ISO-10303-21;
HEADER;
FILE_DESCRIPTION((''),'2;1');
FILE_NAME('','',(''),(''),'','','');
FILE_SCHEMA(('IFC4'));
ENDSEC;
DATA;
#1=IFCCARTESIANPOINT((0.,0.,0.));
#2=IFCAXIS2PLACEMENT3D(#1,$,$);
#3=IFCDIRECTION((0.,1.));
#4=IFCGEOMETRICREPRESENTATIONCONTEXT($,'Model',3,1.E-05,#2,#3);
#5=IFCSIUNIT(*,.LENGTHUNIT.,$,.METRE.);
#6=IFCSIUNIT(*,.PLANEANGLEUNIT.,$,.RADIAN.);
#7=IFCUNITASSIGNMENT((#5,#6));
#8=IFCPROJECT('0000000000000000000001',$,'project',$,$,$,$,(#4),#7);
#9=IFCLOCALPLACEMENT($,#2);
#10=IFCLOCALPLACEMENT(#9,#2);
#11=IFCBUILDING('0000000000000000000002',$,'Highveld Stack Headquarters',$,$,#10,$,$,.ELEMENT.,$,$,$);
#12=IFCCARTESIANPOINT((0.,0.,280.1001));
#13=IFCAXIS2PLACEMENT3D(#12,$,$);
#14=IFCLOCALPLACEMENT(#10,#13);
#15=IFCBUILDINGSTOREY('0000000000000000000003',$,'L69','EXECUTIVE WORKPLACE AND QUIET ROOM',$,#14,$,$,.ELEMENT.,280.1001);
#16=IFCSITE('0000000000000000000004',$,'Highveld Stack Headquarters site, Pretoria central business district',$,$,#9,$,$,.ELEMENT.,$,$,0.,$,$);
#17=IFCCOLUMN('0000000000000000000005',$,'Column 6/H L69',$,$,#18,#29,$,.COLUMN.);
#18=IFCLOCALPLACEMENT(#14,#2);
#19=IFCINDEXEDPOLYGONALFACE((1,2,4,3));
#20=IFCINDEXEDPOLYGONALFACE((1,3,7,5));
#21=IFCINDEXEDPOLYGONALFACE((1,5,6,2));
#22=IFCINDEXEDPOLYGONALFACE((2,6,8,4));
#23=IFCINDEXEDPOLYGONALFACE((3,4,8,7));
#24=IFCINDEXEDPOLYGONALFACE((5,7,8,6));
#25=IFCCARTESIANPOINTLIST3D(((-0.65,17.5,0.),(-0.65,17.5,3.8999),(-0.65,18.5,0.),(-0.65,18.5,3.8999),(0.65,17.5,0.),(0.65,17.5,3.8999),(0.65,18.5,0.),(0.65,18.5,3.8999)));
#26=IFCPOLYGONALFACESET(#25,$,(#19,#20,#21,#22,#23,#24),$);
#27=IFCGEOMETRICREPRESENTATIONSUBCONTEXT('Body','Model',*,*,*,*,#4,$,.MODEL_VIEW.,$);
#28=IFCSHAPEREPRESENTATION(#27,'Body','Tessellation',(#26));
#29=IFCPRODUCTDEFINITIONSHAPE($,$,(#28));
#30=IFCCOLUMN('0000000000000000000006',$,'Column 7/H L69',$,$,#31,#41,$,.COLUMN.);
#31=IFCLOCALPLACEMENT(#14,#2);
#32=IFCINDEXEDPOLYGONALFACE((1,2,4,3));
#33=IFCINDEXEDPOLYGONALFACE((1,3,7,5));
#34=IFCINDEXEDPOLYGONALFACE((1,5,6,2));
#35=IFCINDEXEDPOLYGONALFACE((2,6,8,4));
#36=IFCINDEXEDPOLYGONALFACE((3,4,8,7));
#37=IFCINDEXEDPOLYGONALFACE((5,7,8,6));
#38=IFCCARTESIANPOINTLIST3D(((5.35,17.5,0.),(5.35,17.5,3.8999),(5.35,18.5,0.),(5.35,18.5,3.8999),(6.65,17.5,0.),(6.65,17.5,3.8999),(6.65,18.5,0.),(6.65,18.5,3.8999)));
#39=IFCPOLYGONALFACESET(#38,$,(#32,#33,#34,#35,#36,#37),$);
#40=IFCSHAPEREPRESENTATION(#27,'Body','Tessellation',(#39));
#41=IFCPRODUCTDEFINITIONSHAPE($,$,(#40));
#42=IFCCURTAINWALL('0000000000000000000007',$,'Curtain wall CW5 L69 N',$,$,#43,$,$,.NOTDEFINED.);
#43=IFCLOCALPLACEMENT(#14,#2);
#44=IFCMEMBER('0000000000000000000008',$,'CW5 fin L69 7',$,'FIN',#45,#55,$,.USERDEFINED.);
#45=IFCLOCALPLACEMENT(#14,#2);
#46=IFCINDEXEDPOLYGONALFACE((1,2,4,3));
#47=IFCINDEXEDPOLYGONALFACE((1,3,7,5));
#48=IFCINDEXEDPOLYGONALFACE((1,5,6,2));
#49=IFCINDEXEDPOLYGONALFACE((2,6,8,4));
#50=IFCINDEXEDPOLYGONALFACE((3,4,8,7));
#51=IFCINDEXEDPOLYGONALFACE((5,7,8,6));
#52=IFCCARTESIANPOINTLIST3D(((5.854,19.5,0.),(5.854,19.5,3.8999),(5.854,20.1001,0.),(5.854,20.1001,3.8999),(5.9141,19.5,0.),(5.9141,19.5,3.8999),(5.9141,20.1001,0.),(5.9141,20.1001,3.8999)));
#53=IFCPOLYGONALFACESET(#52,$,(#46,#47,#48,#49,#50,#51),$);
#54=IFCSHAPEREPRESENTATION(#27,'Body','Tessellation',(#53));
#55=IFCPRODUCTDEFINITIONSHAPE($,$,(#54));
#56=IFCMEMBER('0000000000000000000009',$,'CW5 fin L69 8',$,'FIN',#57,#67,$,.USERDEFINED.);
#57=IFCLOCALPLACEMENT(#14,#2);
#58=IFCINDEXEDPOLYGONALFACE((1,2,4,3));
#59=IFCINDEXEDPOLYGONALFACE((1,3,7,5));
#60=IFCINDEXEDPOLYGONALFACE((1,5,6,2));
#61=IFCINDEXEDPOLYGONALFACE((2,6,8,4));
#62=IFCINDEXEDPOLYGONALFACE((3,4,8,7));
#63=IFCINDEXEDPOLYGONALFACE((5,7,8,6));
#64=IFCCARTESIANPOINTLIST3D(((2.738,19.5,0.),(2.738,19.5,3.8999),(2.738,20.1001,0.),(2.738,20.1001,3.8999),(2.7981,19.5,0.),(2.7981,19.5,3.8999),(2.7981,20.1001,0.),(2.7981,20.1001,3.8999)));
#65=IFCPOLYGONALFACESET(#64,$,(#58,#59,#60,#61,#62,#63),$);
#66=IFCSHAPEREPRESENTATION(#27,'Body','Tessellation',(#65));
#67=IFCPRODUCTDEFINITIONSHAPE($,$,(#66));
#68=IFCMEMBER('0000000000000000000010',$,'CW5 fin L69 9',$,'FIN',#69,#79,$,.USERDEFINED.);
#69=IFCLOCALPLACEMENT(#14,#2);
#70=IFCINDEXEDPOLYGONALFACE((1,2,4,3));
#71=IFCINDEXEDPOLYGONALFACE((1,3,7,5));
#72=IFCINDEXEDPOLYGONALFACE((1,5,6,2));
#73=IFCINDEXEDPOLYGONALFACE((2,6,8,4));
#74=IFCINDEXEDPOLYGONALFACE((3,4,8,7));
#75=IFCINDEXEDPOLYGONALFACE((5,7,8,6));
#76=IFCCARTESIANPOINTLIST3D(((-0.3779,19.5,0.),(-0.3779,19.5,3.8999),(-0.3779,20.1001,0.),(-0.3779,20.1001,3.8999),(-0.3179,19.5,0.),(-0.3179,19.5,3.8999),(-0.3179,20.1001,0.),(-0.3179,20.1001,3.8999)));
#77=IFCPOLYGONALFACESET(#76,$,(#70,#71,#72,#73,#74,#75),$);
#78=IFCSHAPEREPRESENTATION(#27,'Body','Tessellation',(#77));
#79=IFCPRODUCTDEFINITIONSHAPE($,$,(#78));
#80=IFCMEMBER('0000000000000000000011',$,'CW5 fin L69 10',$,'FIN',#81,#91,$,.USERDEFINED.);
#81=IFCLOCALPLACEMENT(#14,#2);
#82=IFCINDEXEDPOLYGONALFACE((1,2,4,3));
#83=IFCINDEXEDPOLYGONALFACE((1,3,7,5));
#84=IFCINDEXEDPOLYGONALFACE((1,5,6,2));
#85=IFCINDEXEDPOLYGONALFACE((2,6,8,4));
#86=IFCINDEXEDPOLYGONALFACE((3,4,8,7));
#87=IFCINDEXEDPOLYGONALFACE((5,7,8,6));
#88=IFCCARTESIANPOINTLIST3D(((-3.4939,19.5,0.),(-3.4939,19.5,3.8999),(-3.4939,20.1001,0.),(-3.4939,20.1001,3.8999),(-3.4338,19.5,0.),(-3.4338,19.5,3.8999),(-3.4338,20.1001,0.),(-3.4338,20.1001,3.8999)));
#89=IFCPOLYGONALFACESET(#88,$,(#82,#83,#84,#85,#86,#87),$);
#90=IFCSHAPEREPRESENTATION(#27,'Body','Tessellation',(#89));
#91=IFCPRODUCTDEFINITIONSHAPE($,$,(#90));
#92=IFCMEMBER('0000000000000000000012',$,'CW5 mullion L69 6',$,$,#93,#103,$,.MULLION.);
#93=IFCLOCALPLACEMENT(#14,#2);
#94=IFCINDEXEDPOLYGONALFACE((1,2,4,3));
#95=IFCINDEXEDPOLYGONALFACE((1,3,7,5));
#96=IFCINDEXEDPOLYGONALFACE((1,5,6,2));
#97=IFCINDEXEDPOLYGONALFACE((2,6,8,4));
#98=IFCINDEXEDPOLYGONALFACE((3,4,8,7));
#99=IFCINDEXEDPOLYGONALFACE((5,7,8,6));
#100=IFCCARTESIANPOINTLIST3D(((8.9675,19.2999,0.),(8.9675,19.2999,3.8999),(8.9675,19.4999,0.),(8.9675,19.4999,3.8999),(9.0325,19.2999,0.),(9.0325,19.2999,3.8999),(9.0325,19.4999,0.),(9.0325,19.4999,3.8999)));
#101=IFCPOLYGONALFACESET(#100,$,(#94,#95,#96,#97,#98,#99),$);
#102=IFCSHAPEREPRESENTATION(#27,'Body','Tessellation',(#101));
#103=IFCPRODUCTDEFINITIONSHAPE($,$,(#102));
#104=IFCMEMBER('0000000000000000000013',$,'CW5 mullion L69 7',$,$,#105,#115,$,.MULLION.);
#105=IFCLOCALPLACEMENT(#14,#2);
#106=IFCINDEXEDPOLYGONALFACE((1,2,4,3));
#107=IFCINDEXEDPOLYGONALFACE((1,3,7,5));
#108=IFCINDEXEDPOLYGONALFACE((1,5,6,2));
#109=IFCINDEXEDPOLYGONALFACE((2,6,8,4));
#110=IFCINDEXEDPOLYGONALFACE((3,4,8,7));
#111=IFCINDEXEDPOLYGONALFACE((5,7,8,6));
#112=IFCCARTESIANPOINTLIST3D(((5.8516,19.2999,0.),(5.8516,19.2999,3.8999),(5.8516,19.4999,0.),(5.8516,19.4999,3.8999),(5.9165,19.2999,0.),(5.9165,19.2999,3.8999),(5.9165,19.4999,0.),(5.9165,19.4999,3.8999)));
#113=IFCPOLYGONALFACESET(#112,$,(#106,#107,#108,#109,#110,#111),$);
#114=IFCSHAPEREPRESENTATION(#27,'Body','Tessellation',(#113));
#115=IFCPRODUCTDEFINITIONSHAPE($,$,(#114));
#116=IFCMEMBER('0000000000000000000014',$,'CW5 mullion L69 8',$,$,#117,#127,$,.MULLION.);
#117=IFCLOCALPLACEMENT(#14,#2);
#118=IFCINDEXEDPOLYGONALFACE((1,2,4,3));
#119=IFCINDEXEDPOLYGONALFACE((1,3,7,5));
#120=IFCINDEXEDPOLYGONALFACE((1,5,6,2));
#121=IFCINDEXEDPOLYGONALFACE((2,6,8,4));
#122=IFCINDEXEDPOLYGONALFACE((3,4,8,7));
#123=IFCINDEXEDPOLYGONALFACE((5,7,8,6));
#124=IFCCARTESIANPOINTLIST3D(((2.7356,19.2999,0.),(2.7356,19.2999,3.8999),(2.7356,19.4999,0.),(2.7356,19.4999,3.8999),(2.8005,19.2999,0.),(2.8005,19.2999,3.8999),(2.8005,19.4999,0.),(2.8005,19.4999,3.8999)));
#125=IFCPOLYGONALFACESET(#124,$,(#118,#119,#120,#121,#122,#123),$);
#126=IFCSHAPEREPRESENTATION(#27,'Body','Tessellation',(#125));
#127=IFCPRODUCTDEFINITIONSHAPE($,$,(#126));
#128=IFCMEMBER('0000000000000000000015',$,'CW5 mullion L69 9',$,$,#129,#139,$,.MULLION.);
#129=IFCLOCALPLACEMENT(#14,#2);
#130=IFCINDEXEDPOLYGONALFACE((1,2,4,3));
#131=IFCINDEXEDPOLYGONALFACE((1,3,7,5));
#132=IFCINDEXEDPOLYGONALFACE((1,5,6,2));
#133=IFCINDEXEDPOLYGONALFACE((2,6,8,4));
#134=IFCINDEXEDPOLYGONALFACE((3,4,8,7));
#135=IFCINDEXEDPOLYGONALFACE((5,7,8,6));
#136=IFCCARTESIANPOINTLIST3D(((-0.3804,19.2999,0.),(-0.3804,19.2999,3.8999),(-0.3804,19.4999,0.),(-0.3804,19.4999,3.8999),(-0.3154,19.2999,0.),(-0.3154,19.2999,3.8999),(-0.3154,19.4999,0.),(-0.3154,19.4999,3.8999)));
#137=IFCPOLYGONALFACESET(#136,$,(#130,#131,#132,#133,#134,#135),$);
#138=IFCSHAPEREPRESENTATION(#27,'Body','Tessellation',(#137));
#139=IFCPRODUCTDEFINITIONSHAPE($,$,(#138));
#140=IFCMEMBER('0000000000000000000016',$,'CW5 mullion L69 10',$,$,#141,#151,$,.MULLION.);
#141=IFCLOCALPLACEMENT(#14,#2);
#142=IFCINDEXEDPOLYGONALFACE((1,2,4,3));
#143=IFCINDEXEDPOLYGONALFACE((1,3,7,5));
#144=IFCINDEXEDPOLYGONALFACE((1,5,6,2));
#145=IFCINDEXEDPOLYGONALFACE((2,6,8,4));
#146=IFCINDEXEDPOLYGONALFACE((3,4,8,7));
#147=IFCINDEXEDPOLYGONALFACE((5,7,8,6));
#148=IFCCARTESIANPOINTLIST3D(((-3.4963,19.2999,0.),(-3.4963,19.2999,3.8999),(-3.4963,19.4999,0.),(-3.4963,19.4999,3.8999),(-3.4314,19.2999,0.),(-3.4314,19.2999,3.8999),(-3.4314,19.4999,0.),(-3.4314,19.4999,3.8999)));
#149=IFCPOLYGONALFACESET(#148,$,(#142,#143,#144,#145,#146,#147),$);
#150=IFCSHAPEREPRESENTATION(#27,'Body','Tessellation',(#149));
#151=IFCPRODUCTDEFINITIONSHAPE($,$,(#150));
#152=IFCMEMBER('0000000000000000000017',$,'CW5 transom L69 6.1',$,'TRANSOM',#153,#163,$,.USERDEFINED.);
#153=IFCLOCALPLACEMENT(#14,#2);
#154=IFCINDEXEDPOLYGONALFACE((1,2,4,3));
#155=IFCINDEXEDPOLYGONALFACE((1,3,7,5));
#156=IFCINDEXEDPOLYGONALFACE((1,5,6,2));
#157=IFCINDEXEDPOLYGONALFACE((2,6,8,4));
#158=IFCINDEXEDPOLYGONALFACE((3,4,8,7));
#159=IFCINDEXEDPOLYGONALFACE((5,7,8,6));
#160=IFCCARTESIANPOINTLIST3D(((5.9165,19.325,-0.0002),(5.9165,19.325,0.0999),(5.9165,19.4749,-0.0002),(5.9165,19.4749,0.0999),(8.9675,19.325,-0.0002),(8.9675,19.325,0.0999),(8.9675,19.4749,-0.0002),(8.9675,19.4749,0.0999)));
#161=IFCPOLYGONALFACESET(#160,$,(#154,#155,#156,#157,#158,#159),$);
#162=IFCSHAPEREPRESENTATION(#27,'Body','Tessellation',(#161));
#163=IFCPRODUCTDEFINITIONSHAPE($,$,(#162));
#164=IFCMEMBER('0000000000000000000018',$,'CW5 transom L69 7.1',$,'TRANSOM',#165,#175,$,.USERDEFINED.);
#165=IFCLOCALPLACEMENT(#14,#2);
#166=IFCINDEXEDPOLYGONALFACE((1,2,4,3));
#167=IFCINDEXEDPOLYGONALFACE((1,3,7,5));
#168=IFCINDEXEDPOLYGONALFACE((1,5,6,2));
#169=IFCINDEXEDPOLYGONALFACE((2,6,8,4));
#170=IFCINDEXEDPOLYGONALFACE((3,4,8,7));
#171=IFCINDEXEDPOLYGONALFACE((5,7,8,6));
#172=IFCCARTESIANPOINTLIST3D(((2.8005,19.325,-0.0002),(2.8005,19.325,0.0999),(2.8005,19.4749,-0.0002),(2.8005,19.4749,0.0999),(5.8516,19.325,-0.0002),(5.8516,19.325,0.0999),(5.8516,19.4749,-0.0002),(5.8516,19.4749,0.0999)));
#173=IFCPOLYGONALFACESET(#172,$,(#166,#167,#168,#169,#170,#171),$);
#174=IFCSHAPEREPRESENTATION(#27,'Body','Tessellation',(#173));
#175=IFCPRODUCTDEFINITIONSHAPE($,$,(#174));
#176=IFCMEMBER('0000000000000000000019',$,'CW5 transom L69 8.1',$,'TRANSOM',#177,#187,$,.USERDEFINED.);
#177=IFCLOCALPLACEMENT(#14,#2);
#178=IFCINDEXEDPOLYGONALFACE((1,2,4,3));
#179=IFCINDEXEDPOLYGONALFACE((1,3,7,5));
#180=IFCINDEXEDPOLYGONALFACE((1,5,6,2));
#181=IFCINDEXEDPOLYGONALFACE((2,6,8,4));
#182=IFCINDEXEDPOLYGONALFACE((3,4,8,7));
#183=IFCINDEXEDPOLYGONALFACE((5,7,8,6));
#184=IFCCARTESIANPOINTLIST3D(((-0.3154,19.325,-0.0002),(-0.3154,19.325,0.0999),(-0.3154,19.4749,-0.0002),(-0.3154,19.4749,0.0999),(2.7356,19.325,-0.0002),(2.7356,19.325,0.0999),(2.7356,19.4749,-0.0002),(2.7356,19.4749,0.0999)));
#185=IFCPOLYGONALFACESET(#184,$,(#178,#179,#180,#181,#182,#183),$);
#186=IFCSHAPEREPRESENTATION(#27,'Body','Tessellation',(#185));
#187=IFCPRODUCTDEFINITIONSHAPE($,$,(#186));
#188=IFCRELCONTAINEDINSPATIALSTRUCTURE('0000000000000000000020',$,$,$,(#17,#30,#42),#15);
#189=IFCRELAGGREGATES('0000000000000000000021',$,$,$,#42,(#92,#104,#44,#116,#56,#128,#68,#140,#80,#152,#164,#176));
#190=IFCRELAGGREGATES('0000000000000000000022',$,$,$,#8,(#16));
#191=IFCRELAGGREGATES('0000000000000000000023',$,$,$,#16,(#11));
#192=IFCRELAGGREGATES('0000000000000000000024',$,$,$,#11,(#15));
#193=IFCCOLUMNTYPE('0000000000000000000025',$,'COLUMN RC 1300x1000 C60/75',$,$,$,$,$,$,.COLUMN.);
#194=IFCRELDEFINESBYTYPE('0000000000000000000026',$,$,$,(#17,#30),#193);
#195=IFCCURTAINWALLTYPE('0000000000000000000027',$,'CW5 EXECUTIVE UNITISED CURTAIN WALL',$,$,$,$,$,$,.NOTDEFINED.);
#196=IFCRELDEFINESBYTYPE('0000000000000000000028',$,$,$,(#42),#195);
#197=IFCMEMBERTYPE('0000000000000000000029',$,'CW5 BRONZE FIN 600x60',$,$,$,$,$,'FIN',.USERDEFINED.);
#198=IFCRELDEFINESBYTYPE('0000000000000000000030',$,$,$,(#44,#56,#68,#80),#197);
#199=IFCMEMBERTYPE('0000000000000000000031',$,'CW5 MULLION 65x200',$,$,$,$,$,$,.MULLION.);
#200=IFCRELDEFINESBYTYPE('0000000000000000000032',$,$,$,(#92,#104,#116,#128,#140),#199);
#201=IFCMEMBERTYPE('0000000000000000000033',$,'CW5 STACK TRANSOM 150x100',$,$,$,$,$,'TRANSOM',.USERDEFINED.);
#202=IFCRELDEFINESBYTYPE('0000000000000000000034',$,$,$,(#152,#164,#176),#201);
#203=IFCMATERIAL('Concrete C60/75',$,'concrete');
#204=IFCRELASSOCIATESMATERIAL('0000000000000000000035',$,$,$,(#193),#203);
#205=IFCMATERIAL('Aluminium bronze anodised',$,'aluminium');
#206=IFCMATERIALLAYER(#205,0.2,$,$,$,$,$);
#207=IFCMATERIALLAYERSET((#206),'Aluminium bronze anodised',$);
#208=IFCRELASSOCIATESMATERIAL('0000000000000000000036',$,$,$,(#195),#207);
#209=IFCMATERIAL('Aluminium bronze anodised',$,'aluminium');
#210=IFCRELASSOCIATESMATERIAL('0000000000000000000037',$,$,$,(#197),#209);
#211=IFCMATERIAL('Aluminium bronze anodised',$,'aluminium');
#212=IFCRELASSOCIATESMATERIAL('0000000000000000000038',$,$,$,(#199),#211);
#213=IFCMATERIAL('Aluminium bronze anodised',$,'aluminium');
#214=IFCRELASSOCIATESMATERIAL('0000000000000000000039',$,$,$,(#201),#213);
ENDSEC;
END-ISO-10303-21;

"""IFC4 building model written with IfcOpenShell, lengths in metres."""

from ifc_helpers import new_model, si_unit, direction, frame, origin, origin_2d, place, context, subcontext, project, spatial, rectangle, extrude, material, layer, layer_set, material_profile, profile_set, type_object, element, aggregate, save


model = new_model("IFC4")

# Units and contexts
model_context = context("Model", 3, precision=1e-05, world=origin(), true_north=direction((0.0, 1.0)))
body_context = subcontext(model_context, "Body", "Model", "MODEL_VIEW")
ifc_project = project(units=[si_unit("LENGTHUNIT", "METRE"), si_unit("PLANEANGLEUNIT", "RADIAN")], contexts=[model_context])

# Site, building, storey
site_placement = place(None, origin())
site = spatial("IfcSite", under=ifc_project, at=site_placement, Name="Highveld Stack Headquarters site, Pretoria central business district", CompositionType="ELEMENT", RefElevation=0.0)
building_placement = place(site_placement, origin())
building = spatial("IfcBuilding", under=site, at=building_placement, Name="Highveld Stack Headquarters", CompositionType="ELEMENT")
storey_placement = place(building_placement, frame((0.0, 0.0, 280.1001)))
storey = spatial("IfcBuildingStorey", under=building, at=storey_placement, Name="L69", Description="EXECUTIVE WORKPLACE AND QUIET ROOM", CompositionType="ELEMENT", Elevation=280.1001)

# Columns
ifc_material_1 = material(Name="Concrete C60/75", Category="concrete")
ifc_material_profile_1 = material_profile(ifc_material_1, rectangle(XDim=1.3, YDim=1.0, at=origin_2d()), Name="RC 1300x1000")
ifc_profile_set_1 = profile_set([ifc_material_profile_1], Name="Concrete C60/75")
column_type = type_object("IfcColumnType", Name="COLUMN RC 1300x1000 C60/75", PredefinedType="COLUMN", material=ifc_profile_set_1)
for number, where, z_axis, x_axis, name in (
    (1, (0.0, 18.0, 0.0), (0.0, 0.0, 1.0), (1.0, 0.0, 0.0), "Column 6/H L69"),
    (2, (6.0, 18.0, 0.0), (0.0, 0.0, 1.0), (1.0, 0.0, 0.0), "Column 7/H L69"),
):
    element("IfcColumn", number, at=place(storey_placement, frame(where, z_axis=z_axis, x_axis=x_axis)), inside=storey, type_object=column_type, Name=name, PredefinedType="COLUMN", context=body_context, shape_type="SweptSolid", body=[
        extrude(rectangle(XDim=1.3, YDim=1.0, at=origin_2d()), origin(), (0.0, 0.0, 1.0), 3.8999),
    ])

# Curtain wall, members
ifc_material_2 = material(Name="Aluminium bronze anodised", Category="aluminium")
ifc_layer_1 = layer(ifc_material_2, 0.2)
ifc_layer_set_1 = layer_set([ifc_layer_1], Name="Aluminium bronze anodised")
curtain_wall_type = type_object("IfcCurtainWallType", Name="CW5 EXECUTIVE UNITISED CURTAIN WALL", PredefinedType="NOTDEFINED", material=ifc_layer_set_1)
curtain_wall_placement = place(storey_placement, origin())
curtain_wall = element("IfcCurtainWall", 3, at=curtain_wall_placement, inside=storey, type_object=curtain_wall_type, Name="Curtain wall CW5 L69 N", PredefinedType="NOTDEFINED")
ifc_material_3 = material(Name="Aluminium bronze anodised", Category="aluminium")
ifc_material_profile_2 = material_profile(ifc_material_3, rectangle(XDim=0.6001, YDim=0.0601, at=origin_2d()), Name="FIN 600x60")
ifc_profile_set_2 = profile_set([ifc_material_profile_2], Name="Aluminium bronze anodised")
member_type_1 = type_object("IfcMemberType", Name="CW5 BRONZE FIN 600x60", ElementType="FIN", PredefinedType="USERDEFINED", material=ifc_profile_set_2)
member_1_placement = place(storey_placement, frame((5.884, 19.8, 0.0), z_axis=(0.0, 0.0, 1.0), x_axis=(0.0, -1.0, 0.0)))
member_1 = element("IfcMember", 4, at=member_1_placement, type_object=member_type_1, Name="CW5 fin L69 7", ObjectType="FIN", PredefinedType="USERDEFINED", context=body_context, shape_type="SweptSolid", body=[
    extrude(rectangle(XDim=0.6001, YDim=0.0601, at=origin_2d()), origin(), (0.0, 0.0, 1.0), 3.8999),
])
member_2_placement = place(storey_placement, frame((2.7681, 19.8, 0.0), z_axis=(0.0, 0.0, 1.0), x_axis=(0.0, -1.0, 0.0)))
member_2 = element("IfcMember", 5, at=member_2_placement, type_object=member_type_1, Name="CW5 fin L69 8", ObjectType="FIN", PredefinedType="USERDEFINED", context=body_context, shape_type="SweptSolid", body=[
    extrude(rectangle(XDim=0.6001, YDim=0.0601, at=origin_2d()), origin(), (0.0, 0.0, 1.0), 3.8999),
])
member_3_placement = place(storey_placement, frame((-0.3479, 19.8, 0.0), z_axis=(0.0, 0.0, 1.0), x_axis=(0.0, -1.0, 0.0)))
member_3 = element("IfcMember", 6, at=member_3_placement, type_object=member_type_1, Name="CW5 fin L69 9", ObjectType="FIN", PredefinedType="USERDEFINED", context=body_context, shape_type="SweptSolid", body=[
    extrude(rectangle(XDim=0.6001, YDim=0.0601, at=origin_2d()), origin(), (0.0, 0.0, 1.0), 3.8999),
])
member_4_placement = place(storey_placement, frame((-3.4639, 19.8, 0.0), z_axis=(0.0, 0.0, 1.0), x_axis=(0.0, -1.0, 0.0)))
member_4 = element("IfcMember", 7, at=member_4_placement, type_object=member_type_1, Name="CW5 fin L69 10", ObjectType="FIN", PredefinedType="USERDEFINED", context=body_context, shape_type="SweptSolid", body=[
    extrude(rectangle(XDim=0.6001, YDim=0.0601, at=origin_2d()), origin(), (0.0, 0.0, 1.0), 3.8999),
])
ifc_material_4 = material(Name="Aluminium bronze anodised", Category="aluminium")
ifc_material_profile_3 = material_profile(ifc_material_4, rectangle(XDim=0.2, YDim=0.0649, at=origin_2d()), Name="CW5 MULLION 65x200")
ifc_profile_set_3 = profile_set([ifc_material_profile_3], Name="Aluminium bronze anodised")
member_type_2 = type_object("IfcMemberType", Name="CW5 MULLION 65x200", PredefinedType="MULLION", material=ifc_profile_set_3)
member_5_placement = place(storey_placement, frame((9.0, 19.3999, 0.0), z_axis=(0.0, 0.0, 1.0), x_axis=(0.0, -1.0, 0.0)))
member_5 = element("IfcMember", 8, at=member_5_placement, type_object=member_type_2, Name="CW5 mullion L69 6", PredefinedType="MULLION", context=body_context, shape_type="SweptSolid", body=[
    extrude(rectangle(XDim=0.2, YDim=0.0649, at=origin_2d()), origin(), (0.0, 0.0, 1.0), 3.8999),
])
member_6_placement = place(storey_placement, frame((5.884, 19.3999, 0.0), z_axis=(0.0, 0.0, 1.0), x_axis=(0.0, -1.0, 0.0)))
member_6 = element("IfcMember", 9, at=member_6_placement, type_object=member_type_2, Name="CW5 mullion L69 7", PredefinedType="MULLION", context=body_context, shape_type="SweptSolid", body=[
    extrude(rectangle(XDim=0.2, YDim=0.0649, at=origin_2d()), origin(), (0.0, 0.0, 1.0), 3.8999),
])
member_7_placement = place(storey_placement, frame((2.7681, 19.3999, 0.0), z_axis=(0.0, 0.0, 1.0), x_axis=(0.0, -1.0, 0.0)))
member_7 = element("IfcMember", 10, at=member_7_placement, type_object=member_type_2, Name="CW5 mullion L69 8", PredefinedType="MULLION", context=body_context, shape_type="SweptSolid", body=[
    extrude(rectangle(XDim=0.2, YDim=0.0649, at=origin_2d()), origin(), (0.0, 0.0, 1.0), 3.8999),
])
member_8_placement = place(storey_placement, frame((-0.3479, 19.3999, 0.0), z_axis=(0.0, 0.0, 1.0), x_axis=(0.0, -1.0, 0.0)))
member_8 = element("IfcMember", 11, at=member_8_placement, type_object=member_type_2, Name="CW5 mullion L69 9", PredefinedType="MULLION", context=body_context, shape_type="SweptSolid", body=[
    extrude(rectangle(XDim=0.2, YDim=0.0649, at=origin_2d()), origin(), (0.0, 0.0, 1.0), 3.8999),
])
member_9_placement = place(storey_placement, frame((-3.4639, 19.3999, 0.0), z_axis=(0.0, 0.0, 1.0), x_axis=(0.0, -1.0, 0.0)))
member_9 = element("IfcMember", 12, at=member_9_placement, type_object=member_type_2, Name="CW5 mullion L69 10", PredefinedType="MULLION", context=body_context, shape_type="SweptSolid", body=[
    extrude(rectangle(XDim=0.2, YDim=0.0649, at=origin_2d()), origin(), (0.0, 0.0, 1.0), 3.8999),
])
ifc_material_5 = material(Name="Aluminium bronze anodised", Category="aluminium")
ifc_material_profile_4 = material_profile(ifc_material_5, rectangle(XDim=0.1499, YDim=0.1001, at=origin_2d()), Name="CW5 TRANSOM 150x100")
ifc_profile_set_4 = profile_set([ifc_material_profile_4], Name="Aluminium bronze anodised")
member_type_3 = type_object("IfcMemberType", Name="CW5 STACK TRANSOM 150x100", ElementType="TRANSOM", PredefinedType="USERDEFINED", material=ifc_profile_set_4)
member_10_placement = place(storey_placement, frame((8.9675, 19.3999, 0.0498), z_axis=(-1.0, 0.0, 0.0), x_axis=(0.0, -1.0, 0.0)))
member_10 = element("IfcMember", 13, at=member_10_placement, type_object=member_type_3, Name="CW5 transom L69 6.1", ObjectType="TRANSOM", PredefinedType="USERDEFINED", context=body_context, shape_type="SweptSolid", body=[
    extrude(rectangle(XDim=0.1499, YDim=0.1001, at=origin_2d()), origin(), (0.0, 0.0, 1.0), 3.051),
])
member_11_placement = place(storey_placement, frame((5.8516, 19.3999, 0.0498), z_axis=(-1.0, 0.0, 0.0), x_axis=(0.0, -1.0, 0.0)))
member_11 = element("IfcMember", 14, at=member_11_placement, type_object=member_type_3, Name="CW5 transom L69 7.1", ObjectType="TRANSOM", PredefinedType="USERDEFINED", context=body_context, shape_type="SweptSolid", body=[
    extrude(rectangle(XDim=0.1499, YDim=0.1001, at=origin_2d()), origin(), (0.0, 0.0, 1.0), 3.051),
])
member_12_placement = place(storey_placement, frame((2.7356, 19.3999, 0.0498), z_axis=(-1.0, 0.0, 0.0), x_axis=(0.0, -1.0, 0.0)))
member_12 = element("IfcMember", 15, at=member_12_placement, type_object=member_type_3, Name="CW5 transom L69 8.1", ObjectType="TRANSOM", PredefinedType="USERDEFINED", context=body_context, shape_type="SweptSolid", body=[
    extrude(rectangle(XDim=0.1499, YDim=0.1001, at=origin_2d()), origin(), (0.0, 0.0, 1.0), 3.051),
])
aggregate(curtain_wall, [member_5, member_6, member_1, member_7, member_2, member_8, member_3, member_9, member_4, member_10, member_11, member_12])

save(model, "model.ifc")
